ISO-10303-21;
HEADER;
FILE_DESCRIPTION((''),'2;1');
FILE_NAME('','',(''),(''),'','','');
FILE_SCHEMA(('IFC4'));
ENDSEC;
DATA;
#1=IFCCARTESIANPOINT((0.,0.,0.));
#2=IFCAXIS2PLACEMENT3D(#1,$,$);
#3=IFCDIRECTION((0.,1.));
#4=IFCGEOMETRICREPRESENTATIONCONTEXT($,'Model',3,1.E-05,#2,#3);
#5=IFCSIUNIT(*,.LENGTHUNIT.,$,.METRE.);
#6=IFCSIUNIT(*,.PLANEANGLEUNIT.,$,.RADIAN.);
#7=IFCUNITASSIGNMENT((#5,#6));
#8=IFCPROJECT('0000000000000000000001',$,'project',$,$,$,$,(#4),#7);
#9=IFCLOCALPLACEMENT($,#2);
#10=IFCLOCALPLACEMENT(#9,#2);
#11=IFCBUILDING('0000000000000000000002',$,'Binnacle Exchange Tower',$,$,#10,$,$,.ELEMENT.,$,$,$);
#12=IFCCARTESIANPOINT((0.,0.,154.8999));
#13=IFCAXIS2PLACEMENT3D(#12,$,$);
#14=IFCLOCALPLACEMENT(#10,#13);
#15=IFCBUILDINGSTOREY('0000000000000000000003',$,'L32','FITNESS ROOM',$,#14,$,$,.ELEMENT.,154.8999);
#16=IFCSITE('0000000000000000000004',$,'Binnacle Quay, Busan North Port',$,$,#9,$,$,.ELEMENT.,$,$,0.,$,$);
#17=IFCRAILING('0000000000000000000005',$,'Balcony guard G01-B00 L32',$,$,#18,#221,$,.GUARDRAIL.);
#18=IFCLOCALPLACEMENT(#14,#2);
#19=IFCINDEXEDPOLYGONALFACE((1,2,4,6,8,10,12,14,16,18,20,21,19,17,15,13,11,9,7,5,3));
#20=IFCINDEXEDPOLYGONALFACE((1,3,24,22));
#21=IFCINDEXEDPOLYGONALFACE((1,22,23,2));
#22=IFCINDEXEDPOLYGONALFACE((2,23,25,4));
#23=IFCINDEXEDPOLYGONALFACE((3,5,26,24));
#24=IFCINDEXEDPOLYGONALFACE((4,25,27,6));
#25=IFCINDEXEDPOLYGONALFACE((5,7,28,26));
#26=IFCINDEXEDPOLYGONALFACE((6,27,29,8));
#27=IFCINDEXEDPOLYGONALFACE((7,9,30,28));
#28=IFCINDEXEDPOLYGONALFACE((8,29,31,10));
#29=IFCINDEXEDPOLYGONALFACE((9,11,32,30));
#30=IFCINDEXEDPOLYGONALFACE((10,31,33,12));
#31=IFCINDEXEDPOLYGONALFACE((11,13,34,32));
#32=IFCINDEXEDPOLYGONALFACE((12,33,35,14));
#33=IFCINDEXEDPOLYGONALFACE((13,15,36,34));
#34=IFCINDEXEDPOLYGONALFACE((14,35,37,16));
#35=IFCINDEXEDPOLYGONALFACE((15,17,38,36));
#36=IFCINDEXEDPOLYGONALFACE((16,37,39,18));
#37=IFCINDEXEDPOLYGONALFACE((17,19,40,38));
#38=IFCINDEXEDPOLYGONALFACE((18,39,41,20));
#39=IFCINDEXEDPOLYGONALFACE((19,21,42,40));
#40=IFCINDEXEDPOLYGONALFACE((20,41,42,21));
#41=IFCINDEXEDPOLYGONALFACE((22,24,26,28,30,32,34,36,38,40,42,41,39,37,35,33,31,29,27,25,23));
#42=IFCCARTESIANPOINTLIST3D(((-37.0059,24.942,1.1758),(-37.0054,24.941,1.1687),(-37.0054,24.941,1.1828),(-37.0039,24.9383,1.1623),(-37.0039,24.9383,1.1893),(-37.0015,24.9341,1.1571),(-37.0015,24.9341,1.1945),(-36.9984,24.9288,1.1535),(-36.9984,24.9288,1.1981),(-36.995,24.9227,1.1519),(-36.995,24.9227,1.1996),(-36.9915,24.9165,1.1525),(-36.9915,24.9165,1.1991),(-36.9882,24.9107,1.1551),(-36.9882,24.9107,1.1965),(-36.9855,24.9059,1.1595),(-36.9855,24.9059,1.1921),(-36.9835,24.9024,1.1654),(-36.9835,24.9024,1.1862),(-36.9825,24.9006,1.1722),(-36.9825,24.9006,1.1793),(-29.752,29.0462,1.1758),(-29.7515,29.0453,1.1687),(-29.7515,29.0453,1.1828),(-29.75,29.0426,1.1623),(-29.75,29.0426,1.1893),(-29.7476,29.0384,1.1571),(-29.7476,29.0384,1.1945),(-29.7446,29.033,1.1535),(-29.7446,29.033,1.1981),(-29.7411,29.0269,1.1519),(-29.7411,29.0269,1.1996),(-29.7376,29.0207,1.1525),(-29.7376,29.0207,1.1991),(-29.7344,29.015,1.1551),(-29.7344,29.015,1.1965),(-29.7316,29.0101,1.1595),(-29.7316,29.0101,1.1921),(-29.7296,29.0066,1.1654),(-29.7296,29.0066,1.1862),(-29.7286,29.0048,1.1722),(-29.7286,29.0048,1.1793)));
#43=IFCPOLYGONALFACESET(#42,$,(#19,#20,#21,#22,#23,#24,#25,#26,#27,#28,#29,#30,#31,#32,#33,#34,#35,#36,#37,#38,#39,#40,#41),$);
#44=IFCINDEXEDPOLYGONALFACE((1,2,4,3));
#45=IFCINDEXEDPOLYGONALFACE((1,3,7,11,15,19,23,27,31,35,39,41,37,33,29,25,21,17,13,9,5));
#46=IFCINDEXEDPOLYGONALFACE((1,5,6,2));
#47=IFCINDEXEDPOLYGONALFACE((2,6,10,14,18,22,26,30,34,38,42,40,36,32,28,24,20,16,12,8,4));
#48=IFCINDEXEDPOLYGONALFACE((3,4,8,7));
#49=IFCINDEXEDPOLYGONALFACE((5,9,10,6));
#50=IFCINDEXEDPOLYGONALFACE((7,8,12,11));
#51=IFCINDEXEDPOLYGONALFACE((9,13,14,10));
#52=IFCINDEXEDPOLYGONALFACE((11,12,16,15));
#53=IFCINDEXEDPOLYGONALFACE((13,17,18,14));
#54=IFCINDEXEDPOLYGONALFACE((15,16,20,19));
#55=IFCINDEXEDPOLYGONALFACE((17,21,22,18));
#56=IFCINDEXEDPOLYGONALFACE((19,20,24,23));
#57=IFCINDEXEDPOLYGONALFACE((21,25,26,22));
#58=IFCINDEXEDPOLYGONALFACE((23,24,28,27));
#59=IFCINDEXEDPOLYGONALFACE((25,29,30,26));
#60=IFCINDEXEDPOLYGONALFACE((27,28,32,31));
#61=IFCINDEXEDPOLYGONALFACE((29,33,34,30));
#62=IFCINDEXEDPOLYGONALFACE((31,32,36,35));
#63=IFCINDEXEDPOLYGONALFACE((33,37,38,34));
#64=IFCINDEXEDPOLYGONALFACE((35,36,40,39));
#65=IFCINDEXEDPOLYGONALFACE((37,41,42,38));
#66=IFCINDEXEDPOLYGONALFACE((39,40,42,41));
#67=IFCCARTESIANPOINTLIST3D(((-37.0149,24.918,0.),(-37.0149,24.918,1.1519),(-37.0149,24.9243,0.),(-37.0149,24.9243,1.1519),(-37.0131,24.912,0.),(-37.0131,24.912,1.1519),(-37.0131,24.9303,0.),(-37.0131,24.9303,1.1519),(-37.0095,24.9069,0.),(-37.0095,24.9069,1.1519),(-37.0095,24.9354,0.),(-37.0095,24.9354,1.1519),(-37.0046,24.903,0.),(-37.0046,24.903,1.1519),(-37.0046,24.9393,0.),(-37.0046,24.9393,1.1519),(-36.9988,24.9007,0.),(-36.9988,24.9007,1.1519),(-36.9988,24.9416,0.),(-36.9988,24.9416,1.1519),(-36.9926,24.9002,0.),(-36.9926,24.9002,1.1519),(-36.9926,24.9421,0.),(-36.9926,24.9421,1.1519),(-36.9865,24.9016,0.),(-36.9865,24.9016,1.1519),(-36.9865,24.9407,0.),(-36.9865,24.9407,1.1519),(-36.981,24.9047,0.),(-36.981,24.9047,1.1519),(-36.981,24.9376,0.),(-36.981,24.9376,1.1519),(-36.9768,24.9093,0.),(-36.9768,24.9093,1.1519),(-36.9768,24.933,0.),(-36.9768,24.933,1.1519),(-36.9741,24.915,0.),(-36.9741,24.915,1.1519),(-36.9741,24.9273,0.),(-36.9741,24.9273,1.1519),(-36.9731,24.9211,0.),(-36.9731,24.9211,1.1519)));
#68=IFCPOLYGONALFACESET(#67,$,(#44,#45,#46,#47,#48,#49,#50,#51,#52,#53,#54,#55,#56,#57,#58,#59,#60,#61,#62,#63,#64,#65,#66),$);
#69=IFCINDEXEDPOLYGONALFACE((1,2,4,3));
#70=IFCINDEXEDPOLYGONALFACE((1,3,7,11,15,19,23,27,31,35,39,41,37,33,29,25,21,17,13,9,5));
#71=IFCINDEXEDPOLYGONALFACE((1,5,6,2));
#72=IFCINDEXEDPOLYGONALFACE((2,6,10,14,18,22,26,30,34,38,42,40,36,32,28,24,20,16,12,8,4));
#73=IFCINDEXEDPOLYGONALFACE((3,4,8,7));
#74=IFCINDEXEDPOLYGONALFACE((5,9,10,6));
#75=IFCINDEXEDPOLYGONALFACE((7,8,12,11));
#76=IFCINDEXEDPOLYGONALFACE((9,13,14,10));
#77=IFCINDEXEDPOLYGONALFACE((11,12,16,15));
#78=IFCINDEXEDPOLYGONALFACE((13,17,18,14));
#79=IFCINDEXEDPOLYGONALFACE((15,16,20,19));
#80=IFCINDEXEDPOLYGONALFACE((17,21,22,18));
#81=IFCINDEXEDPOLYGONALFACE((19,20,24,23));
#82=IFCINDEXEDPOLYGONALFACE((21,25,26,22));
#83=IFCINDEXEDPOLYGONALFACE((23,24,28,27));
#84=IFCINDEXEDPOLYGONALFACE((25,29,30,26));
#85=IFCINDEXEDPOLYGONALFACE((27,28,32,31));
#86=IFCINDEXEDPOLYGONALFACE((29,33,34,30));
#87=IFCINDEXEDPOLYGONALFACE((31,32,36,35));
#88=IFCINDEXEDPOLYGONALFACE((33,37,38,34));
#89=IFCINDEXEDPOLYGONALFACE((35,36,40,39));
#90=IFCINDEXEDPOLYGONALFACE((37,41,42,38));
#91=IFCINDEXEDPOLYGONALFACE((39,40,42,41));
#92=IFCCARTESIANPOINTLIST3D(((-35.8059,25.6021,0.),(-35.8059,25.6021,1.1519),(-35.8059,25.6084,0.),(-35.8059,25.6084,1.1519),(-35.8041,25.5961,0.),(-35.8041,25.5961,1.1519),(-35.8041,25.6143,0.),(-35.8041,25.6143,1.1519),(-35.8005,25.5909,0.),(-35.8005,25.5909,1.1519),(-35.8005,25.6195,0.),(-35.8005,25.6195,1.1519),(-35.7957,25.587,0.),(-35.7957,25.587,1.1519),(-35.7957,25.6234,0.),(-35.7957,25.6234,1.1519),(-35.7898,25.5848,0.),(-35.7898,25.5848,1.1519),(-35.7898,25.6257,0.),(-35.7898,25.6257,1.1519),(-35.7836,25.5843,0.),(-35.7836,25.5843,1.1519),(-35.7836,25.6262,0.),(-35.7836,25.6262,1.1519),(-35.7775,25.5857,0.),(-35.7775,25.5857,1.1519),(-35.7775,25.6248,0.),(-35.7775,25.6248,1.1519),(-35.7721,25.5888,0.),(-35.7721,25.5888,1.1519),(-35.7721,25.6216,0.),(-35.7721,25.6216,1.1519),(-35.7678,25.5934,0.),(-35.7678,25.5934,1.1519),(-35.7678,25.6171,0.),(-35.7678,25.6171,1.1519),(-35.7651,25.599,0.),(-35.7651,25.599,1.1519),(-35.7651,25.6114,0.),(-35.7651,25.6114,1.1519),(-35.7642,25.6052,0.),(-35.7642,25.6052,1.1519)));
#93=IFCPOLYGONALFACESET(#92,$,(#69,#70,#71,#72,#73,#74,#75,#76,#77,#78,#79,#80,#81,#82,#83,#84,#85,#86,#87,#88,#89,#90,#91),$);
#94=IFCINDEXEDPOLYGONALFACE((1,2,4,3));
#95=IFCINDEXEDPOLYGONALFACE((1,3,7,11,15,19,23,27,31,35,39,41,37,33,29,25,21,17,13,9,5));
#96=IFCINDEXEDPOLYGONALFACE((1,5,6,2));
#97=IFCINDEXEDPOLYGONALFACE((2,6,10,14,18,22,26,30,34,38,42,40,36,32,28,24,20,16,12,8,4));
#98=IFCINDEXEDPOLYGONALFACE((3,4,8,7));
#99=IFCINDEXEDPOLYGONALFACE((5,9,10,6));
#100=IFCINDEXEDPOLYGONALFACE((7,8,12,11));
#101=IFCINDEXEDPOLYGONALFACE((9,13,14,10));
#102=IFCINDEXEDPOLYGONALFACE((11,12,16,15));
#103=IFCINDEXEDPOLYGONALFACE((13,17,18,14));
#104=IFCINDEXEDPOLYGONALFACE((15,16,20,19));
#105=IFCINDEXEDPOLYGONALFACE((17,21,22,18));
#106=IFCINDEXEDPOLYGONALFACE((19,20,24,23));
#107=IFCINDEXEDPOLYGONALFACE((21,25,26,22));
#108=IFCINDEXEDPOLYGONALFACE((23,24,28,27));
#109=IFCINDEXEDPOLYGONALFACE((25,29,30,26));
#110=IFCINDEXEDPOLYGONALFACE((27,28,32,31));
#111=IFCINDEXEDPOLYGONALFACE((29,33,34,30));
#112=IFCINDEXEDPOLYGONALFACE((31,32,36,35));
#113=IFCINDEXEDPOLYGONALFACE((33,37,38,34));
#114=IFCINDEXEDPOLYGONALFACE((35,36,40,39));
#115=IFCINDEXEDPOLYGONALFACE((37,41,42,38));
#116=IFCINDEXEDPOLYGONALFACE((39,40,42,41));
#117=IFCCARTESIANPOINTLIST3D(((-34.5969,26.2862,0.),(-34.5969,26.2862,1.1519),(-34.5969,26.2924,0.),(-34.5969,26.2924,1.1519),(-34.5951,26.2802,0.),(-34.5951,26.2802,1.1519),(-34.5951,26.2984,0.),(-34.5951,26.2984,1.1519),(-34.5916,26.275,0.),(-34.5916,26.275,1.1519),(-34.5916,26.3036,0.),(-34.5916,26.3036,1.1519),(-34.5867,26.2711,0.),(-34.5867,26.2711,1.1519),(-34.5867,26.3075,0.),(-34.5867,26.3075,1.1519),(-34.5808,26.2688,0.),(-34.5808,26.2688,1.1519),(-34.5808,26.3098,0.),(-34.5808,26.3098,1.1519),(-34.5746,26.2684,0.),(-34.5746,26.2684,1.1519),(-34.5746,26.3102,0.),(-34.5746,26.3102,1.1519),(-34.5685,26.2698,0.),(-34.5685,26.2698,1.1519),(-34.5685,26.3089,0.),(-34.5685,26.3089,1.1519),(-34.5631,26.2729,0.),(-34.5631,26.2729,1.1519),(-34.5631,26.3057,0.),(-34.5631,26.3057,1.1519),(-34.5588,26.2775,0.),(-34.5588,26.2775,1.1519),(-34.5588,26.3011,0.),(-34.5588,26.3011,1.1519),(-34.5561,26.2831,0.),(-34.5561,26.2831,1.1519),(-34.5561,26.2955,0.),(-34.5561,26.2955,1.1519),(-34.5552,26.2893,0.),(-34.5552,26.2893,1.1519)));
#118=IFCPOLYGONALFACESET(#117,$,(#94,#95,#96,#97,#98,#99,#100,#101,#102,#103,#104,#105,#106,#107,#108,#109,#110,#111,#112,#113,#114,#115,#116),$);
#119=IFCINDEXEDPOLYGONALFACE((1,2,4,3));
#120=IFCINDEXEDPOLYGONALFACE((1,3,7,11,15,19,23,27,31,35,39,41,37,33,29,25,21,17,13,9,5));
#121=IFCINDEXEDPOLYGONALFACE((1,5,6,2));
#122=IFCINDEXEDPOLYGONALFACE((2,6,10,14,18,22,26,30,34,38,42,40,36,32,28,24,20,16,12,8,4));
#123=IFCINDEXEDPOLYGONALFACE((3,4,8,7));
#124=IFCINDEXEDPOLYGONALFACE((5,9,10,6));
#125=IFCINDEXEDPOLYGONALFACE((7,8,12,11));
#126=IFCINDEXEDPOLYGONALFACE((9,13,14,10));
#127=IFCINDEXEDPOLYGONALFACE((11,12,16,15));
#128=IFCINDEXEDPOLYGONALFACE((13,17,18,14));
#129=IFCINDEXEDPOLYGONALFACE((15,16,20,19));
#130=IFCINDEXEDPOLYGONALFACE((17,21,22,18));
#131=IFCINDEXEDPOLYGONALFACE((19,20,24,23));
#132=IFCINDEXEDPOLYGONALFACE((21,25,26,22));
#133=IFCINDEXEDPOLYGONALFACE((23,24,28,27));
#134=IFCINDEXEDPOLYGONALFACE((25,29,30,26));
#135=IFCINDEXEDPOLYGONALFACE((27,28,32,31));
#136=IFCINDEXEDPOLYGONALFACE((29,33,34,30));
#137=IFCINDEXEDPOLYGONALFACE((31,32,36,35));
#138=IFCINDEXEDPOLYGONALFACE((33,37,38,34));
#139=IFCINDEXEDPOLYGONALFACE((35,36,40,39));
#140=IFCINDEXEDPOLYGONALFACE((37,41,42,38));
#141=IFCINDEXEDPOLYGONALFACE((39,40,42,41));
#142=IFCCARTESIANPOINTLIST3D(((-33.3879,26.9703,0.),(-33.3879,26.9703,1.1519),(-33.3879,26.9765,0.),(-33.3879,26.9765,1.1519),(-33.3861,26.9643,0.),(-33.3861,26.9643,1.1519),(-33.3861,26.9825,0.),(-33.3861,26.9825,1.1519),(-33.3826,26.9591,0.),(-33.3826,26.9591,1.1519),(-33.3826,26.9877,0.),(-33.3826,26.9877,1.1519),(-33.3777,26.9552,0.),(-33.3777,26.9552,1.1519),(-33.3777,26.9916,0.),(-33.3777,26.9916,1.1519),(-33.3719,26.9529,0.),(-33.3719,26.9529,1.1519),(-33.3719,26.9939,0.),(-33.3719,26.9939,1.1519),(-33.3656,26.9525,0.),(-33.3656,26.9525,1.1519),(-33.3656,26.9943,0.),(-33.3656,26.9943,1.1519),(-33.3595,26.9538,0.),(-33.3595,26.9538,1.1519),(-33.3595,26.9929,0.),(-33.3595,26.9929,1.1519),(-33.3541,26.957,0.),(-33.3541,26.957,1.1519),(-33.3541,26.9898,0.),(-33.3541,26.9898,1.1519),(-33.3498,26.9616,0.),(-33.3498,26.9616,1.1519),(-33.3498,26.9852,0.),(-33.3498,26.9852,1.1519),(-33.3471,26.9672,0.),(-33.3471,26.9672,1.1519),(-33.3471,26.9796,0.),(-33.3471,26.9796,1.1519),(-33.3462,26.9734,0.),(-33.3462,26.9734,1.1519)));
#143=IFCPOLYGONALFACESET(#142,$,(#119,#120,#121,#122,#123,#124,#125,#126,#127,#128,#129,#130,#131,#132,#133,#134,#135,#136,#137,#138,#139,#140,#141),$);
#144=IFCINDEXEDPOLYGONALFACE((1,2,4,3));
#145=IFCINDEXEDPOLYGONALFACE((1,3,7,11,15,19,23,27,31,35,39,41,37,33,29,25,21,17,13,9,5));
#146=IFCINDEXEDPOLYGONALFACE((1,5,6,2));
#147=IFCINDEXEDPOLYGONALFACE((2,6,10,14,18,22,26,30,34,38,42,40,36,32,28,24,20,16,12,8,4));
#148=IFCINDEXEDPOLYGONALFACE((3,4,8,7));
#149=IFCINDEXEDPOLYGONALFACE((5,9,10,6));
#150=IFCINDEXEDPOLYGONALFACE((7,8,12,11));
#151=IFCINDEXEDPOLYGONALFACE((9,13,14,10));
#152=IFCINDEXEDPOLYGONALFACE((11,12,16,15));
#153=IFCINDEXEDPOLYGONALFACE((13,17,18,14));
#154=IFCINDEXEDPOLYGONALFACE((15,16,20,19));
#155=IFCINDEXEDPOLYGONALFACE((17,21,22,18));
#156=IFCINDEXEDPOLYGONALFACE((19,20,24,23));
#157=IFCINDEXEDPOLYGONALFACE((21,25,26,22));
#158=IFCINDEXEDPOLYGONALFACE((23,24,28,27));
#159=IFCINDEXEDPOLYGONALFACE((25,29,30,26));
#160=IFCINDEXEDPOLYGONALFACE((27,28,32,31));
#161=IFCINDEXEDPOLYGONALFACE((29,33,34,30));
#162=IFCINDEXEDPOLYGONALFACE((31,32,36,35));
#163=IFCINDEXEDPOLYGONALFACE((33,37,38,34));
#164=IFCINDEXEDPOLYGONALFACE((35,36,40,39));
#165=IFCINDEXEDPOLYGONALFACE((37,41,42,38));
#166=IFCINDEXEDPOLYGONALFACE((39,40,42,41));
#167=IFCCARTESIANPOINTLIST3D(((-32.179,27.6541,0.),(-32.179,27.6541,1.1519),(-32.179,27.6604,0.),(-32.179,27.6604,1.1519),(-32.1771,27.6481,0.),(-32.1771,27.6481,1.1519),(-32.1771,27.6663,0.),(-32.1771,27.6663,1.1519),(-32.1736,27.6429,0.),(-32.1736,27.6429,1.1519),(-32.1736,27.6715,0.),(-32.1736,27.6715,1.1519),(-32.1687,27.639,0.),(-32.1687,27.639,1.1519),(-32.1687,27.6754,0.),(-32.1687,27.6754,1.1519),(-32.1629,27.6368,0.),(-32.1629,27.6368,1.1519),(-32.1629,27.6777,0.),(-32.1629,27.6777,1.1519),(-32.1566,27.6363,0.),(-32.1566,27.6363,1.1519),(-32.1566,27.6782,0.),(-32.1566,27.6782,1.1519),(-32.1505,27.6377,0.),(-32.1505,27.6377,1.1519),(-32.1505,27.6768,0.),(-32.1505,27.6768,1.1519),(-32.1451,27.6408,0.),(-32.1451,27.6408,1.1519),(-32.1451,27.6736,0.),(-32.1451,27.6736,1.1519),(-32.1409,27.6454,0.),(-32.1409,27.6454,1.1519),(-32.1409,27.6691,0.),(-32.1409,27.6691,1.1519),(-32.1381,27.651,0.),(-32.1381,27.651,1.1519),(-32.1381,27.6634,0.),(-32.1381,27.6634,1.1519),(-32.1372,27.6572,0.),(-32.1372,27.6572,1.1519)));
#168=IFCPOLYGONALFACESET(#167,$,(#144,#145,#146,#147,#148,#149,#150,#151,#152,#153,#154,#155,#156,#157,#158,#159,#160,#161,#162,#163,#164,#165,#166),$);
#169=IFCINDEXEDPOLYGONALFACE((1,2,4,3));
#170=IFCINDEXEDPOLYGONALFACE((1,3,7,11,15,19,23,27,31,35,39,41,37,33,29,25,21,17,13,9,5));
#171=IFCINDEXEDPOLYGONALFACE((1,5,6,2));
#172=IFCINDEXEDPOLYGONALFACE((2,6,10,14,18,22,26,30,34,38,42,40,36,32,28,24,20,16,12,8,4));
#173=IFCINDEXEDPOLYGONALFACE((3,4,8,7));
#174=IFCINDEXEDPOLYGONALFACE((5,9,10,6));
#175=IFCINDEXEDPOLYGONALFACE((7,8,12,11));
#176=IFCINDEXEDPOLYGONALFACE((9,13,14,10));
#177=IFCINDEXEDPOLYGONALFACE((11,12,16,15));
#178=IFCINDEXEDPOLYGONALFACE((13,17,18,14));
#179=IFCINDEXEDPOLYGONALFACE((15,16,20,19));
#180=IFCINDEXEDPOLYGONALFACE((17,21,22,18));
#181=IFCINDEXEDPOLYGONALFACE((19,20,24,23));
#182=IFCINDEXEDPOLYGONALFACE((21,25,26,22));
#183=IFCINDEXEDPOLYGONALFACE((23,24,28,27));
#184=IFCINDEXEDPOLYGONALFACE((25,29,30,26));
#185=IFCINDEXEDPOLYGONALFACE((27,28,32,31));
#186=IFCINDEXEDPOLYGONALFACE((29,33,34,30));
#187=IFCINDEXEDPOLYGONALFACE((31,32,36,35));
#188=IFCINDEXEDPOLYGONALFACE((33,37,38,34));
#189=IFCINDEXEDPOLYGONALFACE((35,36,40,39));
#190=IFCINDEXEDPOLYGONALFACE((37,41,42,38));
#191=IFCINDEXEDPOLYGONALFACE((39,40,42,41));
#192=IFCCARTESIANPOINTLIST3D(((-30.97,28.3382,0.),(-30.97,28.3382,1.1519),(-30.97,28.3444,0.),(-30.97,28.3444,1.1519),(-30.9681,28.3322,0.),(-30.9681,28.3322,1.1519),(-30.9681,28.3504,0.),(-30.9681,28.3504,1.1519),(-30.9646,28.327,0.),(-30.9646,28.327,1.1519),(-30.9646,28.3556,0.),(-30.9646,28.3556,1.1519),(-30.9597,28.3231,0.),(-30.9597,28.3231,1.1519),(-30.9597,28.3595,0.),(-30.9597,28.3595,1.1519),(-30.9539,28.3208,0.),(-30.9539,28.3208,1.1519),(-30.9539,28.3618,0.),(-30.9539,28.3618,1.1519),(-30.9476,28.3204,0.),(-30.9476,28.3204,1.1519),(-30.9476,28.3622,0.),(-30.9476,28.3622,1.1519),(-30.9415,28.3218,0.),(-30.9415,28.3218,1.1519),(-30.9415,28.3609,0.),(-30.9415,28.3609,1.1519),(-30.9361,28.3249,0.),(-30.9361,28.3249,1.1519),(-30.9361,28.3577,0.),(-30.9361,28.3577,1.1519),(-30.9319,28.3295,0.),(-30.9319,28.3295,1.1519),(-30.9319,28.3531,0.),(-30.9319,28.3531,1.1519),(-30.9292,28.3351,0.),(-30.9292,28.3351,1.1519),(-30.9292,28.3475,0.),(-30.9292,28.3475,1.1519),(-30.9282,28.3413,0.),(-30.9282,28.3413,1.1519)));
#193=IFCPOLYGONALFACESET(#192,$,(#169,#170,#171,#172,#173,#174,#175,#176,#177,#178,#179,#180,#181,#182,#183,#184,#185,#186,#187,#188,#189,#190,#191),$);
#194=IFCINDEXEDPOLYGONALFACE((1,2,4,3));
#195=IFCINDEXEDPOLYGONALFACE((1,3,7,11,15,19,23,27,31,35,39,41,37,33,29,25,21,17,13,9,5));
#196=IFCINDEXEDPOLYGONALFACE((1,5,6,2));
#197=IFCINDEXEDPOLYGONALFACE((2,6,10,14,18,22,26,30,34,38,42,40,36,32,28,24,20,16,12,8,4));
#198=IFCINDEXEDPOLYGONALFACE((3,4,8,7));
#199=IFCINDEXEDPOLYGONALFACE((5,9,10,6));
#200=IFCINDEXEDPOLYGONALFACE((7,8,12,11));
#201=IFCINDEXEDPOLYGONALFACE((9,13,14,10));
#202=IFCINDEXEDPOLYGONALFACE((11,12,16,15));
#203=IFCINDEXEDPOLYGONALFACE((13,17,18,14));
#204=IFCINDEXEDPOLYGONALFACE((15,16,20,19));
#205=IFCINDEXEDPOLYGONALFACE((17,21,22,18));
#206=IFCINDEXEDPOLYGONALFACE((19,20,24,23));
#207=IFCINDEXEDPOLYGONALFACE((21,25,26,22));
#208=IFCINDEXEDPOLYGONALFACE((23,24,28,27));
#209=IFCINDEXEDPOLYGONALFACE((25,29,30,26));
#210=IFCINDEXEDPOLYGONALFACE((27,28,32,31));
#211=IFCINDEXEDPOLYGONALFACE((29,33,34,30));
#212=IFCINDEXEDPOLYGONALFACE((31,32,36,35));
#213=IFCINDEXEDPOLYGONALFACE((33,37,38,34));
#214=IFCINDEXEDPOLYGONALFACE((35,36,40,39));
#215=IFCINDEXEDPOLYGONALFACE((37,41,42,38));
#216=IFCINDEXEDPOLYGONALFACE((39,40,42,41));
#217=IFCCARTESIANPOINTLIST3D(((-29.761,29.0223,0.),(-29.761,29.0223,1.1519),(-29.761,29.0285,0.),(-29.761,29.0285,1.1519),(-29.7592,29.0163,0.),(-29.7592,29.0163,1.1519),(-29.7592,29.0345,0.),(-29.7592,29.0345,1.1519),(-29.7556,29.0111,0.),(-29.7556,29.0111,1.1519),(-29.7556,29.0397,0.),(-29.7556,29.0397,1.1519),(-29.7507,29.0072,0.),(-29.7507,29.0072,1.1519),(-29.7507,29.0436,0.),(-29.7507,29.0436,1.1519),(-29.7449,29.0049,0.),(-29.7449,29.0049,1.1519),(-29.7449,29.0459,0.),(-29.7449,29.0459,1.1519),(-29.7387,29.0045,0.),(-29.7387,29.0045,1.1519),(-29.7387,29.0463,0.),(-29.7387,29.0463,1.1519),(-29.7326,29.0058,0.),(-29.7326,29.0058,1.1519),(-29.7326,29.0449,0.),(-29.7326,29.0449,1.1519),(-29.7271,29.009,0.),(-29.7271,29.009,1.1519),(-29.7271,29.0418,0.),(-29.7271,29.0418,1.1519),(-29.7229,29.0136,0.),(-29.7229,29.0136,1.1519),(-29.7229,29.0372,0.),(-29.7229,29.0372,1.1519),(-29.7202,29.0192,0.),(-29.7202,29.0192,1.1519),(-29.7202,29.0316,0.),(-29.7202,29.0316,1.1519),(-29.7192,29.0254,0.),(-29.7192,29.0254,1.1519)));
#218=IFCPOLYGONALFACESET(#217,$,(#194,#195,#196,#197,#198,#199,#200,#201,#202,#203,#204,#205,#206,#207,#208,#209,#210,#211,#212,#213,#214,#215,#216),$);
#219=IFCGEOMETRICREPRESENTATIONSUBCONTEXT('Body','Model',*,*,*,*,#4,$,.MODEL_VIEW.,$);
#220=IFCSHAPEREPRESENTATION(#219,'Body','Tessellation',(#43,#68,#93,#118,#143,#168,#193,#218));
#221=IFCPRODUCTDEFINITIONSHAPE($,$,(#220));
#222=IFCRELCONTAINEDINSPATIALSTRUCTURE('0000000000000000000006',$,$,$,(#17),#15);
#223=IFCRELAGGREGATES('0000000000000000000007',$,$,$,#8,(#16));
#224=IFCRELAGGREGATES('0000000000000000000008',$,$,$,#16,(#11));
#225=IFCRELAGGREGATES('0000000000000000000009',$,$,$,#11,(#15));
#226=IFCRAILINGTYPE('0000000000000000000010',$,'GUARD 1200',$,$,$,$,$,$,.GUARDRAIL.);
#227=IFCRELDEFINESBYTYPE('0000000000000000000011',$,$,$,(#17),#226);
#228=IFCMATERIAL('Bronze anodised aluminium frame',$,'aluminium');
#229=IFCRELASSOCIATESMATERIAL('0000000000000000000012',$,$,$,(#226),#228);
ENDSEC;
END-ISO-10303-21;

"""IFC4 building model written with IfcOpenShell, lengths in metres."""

from ifc_helpers import new_model, si_unit, direction, frame, origin, origin_2d, place, context, subcontext, project, spatial, circle, extrude, material, type_object, element, save


model = new_model("IFC4")

# Units and contexts
model_context = context("Model", 3, precision=1e-05, world=origin(), true_north=direction((0.0, 1.0)))
body_context = subcontext(model_context, "Body", "Model", "MODEL_VIEW")
ifc_project = project(units=[si_unit("LENGTHUNIT", "METRE"), si_unit("PLANEANGLEUNIT", "RADIAN")], contexts=[model_context])

# Site, building, storey
site_placement = place(None, origin())
site = spatial("IfcSite", under=ifc_project, at=site_placement, Name="Binnacle Quay, Busan North Port", CompositionType="ELEMENT", RefElevation=0.0)
building_placement = place(site_placement, origin())
building = spatial("IfcBuilding", under=site, at=building_placement, Name="Binnacle Exchange Tower", CompositionType="ELEMENT")
storey_placement = place(building_placement, frame((0.0, 0.0, 154.8999)))
storey = spatial("IfcBuildingStorey", under=building, at=storey_placement, Name="L32", Description="FITNESS ROOM", CompositionType="ELEMENT", Elevation=154.8999)

# Railing
ifc_material_1 = material(Name="Bronze anodised aluminium frame", Category="aluminium")
railing_type_1 = type_object("IfcRailingType", Name="GUARD 1200", PredefinedType="GUARDRAIL", material=ifc_material_1)
railing_1_placement = place(storey_placement, frame((-36.9941, 24.9211, 0.0)))
element("IfcRailing", 1, at=railing_1_placement, inside=storey, type_object=railing_type_1, Name="Balcony guard G01-B00 L32", PredefinedType="GUARDRAIL", context=body_context, shape_type="SweptSolid", body=[
    extrude(circle(Radius=0.0239, at=origin_2d()), frame((0.0, 0.0, 1.1758), z_axis=(0.870346, 0.49244, 0.0), x_axis=(-0.49244, 0.870346, 0.0)), (0.0, 0.0, 1.0), 8.3345),
    extrude(circle(Radius=0.021, at=origin_2d()), origin(), (0.0, 0.0, 1.0), 1.1519),
    extrude(circle(Radius=0.021, at=origin_2d()), frame((1.209, 0.6841, 0.0)), (0.0, 0.0, 1.0), 1.1519),
    extrude(circle(Radius=0.021, at=origin_2d()), frame((2.418, 1.3682, 0.0)), (0.0, 0.0, 1.0), 1.1519),
    extrude(circle(Radius=0.021, at=origin_2d()), frame((3.627, 2.0522, 0.0)), (0.0, 0.0, 1.0), 1.1519),
    extrude(circle(Radius=0.021, at=origin_2d()), frame((4.8359, 2.7361, 0.0)), (0.0, 0.0, 1.0), 1.1519),
    extrude(circle(Radius=0.021, at=origin_2d()), frame((6.0449, 3.4202, 0.0)), (0.0, 0.0, 1.0), 1.1519),
    extrude(circle(Radius=0.021, at=origin_2d()), frame((7.2539, 4.1042, 0.0)), (0.0, 0.0, 1.0), 1.1519),
])

save(model, "model.ifc")
